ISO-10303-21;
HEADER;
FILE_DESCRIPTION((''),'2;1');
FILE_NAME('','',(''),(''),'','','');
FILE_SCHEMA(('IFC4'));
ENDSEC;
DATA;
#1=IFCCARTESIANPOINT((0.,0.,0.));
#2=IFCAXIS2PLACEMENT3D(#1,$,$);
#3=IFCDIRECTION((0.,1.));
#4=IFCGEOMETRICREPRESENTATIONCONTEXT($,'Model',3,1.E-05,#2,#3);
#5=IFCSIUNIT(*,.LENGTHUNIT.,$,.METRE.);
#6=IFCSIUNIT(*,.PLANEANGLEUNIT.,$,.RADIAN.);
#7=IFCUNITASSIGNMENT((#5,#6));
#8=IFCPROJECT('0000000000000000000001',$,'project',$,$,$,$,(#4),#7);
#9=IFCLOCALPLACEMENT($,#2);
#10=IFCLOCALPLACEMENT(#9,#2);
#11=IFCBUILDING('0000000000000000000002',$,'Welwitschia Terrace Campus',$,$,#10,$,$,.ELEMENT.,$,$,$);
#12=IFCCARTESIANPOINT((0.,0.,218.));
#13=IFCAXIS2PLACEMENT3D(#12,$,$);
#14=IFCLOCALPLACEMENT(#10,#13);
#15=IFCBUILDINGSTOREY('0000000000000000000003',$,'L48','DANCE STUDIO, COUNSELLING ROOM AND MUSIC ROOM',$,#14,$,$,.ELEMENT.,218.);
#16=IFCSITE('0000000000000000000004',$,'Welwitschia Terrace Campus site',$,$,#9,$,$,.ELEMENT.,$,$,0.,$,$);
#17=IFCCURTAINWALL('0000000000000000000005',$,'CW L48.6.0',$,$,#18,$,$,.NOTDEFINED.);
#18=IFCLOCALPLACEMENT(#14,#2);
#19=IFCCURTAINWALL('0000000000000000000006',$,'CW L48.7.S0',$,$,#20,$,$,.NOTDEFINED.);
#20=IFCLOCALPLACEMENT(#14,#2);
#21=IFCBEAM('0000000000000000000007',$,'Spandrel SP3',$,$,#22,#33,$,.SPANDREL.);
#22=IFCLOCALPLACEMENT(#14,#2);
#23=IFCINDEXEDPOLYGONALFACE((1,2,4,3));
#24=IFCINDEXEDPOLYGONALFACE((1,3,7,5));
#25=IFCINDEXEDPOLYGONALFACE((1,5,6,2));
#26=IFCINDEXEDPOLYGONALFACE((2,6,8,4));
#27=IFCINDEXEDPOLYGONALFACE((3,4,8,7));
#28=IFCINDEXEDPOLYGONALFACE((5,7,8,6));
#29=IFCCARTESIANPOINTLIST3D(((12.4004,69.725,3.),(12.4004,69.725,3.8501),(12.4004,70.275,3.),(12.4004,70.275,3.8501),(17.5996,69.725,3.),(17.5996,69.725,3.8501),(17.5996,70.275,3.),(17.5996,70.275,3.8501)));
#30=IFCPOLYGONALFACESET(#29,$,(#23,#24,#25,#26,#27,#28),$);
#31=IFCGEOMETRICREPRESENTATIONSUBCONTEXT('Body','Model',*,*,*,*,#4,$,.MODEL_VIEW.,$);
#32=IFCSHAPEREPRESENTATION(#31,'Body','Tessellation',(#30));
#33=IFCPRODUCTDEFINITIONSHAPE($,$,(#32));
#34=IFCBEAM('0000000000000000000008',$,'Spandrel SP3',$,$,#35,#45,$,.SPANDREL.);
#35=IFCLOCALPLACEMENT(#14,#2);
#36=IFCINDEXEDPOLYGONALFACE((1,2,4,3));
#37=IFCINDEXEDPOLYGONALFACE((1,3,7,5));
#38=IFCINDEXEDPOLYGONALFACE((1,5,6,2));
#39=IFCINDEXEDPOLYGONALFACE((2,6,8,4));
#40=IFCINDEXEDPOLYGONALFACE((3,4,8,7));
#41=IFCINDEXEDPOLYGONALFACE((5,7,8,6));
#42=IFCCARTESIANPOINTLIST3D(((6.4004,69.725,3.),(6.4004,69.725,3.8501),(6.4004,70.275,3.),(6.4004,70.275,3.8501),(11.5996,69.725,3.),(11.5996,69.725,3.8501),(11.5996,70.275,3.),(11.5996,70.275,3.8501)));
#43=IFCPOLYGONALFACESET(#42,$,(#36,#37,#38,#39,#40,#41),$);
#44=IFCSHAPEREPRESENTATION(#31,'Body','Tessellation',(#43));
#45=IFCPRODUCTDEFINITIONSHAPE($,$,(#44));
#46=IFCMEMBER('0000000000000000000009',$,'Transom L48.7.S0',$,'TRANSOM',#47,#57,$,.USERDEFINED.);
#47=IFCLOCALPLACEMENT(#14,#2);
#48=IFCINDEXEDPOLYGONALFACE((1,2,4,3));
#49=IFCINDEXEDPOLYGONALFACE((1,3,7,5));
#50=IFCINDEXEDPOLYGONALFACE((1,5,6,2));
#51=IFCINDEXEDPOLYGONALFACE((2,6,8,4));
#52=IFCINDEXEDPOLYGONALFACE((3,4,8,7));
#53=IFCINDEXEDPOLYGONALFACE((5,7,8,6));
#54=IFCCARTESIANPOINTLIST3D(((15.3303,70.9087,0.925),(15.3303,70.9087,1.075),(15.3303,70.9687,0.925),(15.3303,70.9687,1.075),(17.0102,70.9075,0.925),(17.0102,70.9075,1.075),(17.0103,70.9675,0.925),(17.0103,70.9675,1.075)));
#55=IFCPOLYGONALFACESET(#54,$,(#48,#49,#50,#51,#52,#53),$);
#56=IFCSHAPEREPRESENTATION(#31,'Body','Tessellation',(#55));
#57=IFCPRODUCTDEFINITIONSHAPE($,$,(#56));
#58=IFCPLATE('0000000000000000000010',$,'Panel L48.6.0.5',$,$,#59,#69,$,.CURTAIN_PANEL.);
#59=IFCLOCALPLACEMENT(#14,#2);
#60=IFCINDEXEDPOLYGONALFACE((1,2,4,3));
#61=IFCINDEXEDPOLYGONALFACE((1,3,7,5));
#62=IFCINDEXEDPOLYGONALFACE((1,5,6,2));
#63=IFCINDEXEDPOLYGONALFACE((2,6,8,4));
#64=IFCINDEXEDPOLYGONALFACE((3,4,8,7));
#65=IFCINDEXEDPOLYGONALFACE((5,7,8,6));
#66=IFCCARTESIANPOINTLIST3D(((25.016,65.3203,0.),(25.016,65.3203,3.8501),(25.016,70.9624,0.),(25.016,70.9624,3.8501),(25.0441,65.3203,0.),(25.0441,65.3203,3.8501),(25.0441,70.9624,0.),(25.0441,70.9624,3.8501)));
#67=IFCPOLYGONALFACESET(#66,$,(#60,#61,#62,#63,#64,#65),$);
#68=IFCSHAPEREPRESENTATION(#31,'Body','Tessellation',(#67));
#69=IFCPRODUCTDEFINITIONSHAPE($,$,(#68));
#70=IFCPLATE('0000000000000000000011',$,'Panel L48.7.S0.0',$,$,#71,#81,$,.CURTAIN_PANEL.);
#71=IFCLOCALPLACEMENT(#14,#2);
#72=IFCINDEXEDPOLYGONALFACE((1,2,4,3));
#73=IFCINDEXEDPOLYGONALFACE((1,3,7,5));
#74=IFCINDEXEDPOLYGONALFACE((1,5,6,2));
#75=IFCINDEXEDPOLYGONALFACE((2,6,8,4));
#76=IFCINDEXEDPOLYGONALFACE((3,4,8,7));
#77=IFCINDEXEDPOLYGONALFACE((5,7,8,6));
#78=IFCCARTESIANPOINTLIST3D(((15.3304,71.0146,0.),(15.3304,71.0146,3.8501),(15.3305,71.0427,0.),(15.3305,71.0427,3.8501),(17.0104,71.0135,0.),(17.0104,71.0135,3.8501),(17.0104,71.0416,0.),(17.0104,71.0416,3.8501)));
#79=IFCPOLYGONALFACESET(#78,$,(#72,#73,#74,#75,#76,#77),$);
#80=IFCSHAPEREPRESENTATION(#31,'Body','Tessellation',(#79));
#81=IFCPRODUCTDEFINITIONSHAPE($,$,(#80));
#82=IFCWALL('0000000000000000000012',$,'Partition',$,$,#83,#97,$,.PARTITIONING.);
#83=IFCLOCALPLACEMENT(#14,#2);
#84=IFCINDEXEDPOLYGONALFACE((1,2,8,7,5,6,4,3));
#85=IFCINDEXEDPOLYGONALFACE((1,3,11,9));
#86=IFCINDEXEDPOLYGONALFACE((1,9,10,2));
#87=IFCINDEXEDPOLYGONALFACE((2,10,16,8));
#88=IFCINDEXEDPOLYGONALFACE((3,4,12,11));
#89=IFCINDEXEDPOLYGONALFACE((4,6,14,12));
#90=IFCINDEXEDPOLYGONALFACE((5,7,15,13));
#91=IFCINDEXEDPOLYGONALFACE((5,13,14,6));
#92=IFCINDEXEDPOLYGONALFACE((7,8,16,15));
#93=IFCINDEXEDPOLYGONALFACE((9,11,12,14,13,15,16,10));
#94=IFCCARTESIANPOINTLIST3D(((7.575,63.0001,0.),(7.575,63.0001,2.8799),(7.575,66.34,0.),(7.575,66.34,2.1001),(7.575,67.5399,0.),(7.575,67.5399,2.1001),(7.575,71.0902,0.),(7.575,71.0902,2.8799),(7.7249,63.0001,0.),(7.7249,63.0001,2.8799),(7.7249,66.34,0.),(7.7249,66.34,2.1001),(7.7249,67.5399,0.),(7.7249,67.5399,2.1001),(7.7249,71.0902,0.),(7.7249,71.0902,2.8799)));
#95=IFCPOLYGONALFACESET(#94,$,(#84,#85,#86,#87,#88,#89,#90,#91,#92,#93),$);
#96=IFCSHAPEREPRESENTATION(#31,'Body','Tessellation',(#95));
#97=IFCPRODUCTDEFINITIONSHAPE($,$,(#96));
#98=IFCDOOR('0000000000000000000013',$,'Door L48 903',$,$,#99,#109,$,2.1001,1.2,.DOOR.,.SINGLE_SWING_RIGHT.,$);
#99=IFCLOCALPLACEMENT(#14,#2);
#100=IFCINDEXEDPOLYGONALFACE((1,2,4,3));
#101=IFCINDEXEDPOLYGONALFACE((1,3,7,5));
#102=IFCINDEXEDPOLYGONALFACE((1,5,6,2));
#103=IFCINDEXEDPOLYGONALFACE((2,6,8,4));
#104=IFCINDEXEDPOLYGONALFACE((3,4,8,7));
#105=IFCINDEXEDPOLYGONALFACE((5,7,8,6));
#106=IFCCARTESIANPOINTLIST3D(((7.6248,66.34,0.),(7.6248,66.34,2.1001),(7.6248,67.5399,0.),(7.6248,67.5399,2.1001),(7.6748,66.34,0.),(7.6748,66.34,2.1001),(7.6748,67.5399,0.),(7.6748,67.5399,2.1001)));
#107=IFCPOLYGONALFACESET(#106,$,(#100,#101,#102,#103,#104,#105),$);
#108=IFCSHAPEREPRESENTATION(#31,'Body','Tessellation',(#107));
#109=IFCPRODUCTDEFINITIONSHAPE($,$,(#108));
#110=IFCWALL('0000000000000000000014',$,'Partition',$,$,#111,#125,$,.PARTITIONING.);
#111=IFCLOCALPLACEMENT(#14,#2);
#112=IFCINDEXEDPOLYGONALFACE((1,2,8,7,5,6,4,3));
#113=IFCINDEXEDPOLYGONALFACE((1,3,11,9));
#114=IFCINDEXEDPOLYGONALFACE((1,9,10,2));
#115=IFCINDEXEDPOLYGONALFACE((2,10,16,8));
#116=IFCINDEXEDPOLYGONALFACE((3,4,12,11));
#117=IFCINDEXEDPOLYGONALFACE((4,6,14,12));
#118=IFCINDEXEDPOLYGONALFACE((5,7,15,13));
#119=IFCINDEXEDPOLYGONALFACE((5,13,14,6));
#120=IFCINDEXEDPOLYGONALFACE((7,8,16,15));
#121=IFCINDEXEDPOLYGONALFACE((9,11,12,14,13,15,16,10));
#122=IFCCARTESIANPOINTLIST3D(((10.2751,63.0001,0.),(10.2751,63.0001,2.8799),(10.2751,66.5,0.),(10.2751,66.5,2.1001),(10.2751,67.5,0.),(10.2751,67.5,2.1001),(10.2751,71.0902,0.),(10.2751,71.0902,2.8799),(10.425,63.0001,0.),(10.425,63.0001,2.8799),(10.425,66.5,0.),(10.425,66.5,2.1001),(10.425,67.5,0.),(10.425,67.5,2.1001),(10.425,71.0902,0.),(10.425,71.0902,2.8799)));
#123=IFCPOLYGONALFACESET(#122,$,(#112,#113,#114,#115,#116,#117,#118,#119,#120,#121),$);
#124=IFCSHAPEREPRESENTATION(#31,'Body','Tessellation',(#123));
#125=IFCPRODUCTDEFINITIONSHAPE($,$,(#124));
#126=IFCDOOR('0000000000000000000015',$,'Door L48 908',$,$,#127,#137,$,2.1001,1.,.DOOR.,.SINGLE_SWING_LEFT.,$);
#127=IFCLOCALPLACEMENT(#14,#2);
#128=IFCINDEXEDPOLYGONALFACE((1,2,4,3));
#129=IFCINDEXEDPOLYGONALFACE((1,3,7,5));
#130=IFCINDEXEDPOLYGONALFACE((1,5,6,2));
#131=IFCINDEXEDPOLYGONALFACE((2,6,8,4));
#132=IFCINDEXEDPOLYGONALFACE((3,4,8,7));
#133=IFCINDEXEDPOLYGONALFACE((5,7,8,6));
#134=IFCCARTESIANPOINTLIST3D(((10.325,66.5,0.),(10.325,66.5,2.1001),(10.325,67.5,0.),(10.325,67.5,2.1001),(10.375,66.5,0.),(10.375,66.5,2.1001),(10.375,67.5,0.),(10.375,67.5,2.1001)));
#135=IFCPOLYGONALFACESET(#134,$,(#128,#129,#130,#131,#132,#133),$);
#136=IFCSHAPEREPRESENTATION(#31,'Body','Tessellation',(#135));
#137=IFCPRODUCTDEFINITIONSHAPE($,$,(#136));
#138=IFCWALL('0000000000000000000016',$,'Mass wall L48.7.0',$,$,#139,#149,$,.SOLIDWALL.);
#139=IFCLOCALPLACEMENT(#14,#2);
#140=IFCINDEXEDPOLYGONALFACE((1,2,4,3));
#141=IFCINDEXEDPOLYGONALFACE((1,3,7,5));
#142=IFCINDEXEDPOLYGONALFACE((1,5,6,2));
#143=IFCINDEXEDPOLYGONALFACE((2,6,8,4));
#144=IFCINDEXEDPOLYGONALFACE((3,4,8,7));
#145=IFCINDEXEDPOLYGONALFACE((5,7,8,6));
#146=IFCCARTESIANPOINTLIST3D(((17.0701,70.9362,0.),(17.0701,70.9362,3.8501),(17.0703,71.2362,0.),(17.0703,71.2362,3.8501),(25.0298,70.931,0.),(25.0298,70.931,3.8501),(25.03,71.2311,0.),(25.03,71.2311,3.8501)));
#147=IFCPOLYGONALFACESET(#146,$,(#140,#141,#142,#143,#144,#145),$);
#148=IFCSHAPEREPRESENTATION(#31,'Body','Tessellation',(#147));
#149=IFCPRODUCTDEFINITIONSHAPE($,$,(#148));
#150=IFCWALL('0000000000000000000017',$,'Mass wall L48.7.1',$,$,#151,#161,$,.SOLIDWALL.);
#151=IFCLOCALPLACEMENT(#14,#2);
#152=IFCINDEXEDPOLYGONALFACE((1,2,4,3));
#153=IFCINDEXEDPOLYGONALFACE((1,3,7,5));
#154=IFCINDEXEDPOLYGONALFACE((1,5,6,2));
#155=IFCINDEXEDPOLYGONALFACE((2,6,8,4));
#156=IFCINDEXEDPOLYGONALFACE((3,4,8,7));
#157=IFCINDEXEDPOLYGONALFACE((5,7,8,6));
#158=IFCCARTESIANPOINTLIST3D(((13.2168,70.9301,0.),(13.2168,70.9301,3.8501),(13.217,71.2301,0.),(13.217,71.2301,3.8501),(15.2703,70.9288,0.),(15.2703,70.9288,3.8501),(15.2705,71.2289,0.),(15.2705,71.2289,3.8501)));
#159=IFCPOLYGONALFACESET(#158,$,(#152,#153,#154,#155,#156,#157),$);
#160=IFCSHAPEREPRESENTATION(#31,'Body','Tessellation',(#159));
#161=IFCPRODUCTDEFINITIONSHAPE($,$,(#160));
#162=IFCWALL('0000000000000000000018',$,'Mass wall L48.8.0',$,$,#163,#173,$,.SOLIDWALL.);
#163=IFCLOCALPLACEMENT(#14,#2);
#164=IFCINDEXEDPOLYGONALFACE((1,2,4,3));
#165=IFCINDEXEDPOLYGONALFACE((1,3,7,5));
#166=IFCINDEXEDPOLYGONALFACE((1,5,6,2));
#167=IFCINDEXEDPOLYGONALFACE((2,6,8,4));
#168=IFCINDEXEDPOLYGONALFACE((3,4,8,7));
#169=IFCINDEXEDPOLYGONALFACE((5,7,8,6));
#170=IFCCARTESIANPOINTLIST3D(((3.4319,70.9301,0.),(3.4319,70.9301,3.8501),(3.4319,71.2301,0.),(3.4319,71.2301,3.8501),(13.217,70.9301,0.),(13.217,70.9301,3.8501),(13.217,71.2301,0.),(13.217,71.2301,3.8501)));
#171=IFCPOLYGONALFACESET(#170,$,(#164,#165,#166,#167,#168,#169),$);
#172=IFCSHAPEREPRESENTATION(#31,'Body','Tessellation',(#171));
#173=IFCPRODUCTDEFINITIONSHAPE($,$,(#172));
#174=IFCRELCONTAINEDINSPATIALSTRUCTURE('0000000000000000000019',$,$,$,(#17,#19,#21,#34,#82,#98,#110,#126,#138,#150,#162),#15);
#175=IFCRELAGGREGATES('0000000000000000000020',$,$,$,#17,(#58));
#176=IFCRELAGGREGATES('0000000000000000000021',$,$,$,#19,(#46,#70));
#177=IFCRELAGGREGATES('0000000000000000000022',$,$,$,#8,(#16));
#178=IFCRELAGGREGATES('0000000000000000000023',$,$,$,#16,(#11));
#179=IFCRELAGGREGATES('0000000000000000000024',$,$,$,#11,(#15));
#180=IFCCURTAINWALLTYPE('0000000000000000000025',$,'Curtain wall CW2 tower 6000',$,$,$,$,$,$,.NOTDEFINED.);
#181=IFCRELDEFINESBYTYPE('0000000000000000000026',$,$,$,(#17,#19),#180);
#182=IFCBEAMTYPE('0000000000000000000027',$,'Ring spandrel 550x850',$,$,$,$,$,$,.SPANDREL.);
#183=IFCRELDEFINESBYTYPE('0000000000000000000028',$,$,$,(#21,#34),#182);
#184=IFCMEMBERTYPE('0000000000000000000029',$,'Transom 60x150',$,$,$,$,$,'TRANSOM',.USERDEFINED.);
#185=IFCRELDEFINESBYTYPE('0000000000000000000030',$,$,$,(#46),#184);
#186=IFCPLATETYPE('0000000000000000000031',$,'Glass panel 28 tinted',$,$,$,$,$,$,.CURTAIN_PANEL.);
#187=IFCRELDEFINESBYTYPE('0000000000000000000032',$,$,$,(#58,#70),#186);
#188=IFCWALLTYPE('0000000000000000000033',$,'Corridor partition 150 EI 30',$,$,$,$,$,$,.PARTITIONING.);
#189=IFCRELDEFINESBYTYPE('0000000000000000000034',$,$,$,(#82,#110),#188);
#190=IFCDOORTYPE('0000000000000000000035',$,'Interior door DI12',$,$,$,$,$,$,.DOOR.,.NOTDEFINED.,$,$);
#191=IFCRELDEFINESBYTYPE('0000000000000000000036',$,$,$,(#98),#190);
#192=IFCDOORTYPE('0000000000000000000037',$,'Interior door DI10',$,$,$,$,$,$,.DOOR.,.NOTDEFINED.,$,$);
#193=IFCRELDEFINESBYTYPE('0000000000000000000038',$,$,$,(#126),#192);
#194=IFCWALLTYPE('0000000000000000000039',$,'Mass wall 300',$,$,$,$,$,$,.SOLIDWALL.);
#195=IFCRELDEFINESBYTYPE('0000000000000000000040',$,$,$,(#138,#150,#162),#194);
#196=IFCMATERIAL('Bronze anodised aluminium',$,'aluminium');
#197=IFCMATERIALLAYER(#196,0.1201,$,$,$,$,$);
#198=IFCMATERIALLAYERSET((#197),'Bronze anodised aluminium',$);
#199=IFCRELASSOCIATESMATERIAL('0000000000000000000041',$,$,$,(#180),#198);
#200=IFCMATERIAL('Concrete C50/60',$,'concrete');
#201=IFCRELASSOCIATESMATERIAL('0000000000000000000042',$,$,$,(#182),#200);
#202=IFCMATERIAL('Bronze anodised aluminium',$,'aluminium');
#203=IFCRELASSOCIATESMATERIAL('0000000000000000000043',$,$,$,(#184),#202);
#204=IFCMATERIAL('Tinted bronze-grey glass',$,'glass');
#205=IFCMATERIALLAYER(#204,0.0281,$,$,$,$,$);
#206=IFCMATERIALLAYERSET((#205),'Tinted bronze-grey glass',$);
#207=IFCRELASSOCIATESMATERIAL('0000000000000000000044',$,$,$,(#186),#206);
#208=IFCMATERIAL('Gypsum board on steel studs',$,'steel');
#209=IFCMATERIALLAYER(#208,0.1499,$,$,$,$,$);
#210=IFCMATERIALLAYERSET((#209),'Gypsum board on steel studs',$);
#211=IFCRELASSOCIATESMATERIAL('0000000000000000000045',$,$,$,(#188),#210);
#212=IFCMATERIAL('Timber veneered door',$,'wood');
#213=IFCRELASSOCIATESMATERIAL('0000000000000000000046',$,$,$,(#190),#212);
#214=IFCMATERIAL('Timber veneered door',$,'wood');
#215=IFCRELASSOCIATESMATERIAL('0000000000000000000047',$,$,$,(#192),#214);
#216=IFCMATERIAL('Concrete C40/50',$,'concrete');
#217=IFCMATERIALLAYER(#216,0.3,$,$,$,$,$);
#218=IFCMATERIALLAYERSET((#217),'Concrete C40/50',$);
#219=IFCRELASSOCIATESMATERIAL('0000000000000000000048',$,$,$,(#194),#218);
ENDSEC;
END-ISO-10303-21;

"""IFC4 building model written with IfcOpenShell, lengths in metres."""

from ifc_helpers import new_model, si_unit, direction, frame, frame_2d, origin, origin_2d, place, context, subcontext, project, spatial, rectangle, extrude, material, layer, layer_set, material_profile, profile_set, type_object, element, fill, aggregate, save


model = new_model("IFC4")

# Units and contexts
model_context = context("Model", 3, precision=1e-05, world=origin(), true_north=direction((0.0, 1.0)))
body_context = subcontext(model_context, "Body", "Model", "MODEL_VIEW")
ifc_project = project(units=[si_unit("LENGTHUNIT", "METRE"), si_unit("PLANEANGLEUNIT", "RADIAN")], contexts=[model_context])

# Site, building, storey
site_placement = place(None, origin())
site = spatial("IfcSite", under=ifc_project, at=site_placement, Name="Welwitschia Terrace Campus site", CompositionType="ELEMENT", RefElevation=0.0)
building_placement = place(site_placement, origin())
building = spatial("IfcBuilding", under=site, at=building_placement, Name="Welwitschia Terrace Campus", CompositionType="ELEMENT")
storey_placement = place(building_placement, frame((0.0, 0.0, 218.0)))
storey = spatial("IfcBuildingStorey", under=building, at=storey_placement, Name="L48", Description="DANCE STUDIO, COUNSELLING ROOM AND MUSIC ROOM", CompositionType="ELEMENT", Elevation=218.0)

# Curtain walls
ifc_material_1 = material(Name="Bronze anodised aluminium", Category="aluminium")
ifc_layer_1 = layer(ifc_material_1, 0.1201)
ifc_layer_set_1 = layer_set([ifc_layer_1], Name="Bronze anodised aluminium")
curtain_wall_type = type_object("IfcCurtainWallType", Name="Curtain wall CW2 tower 6000", PredefinedType="NOTDEFINED", material=ifc_layer_set_1)
curtain_wall_1_placement = place(storey_placement, origin())
curtain_wall_1 = element("IfcCurtainWall", 1, at=curtain_wall_1_placement, inside=storey, type_object=curtain_wall_type, Name="CW L48.6.0", PredefinedType="NOTDEFINED")
curtain_wall_2_placement = place(storey_placement, origin())
curtain_wall_2 = element("IfcCurtainWall", 2, at=curtain_wall_2_placement, inside=storey, type_object=curtain_wall_type, Name="CW L48.7.S0", PredefinedType="NOTDEFINED")

# Beams
ifc_material_2 = material(Name="Concrete C50/60", Category="concrete")
ifc_material_profile_1 = material_profile(ifc_material_2, rectangle(XDim=0.55, YDim=0.8501, at=origin_2d()))
ifc_profile_set_1 = profile_set([ifc_material_profile_1], Name="Concrete C50/60")
beam_type_1 = type_object("IfcBeamType", Name="Ring spandrel 550x850", PredefinedType="SPANDREL", material=ifc_profile_set_1)
for number, where, z_axis, x_axis, name in (
    (3, (17.5996, 70.0, 3.425), (-1.0, 0.0, 0.0), (0.0, -1.0, 0.0), "Spandrel SP3"),
    (4, (11.5996, 70.0, 3.425), (-1.0, 0.0, 0.0), (0.0, -1.0, 0.0), "Spandrel SP3"),
):
    element("IfcBeam", number, at=place(storey_placement, frame(where, z_axis=z_axis, x_axis=x_axis)), inside=storey, type_object=beam_type_1, Name=name, PredefinedType="SPANDREL", context=body_context, shape_type="SweptSolid", body=[
        extrude(rectangle(XDim=0.55, YDim=0.8501, at=origin_2d()), origin(), (0.0, 0.0, 1.0), 5.1992),
    ])

# Member
ifc_material_3 = material(Name="Bronze anodised aluminium", Category="aluminium")
ifc_material_profile_2 = material_profile(ifc_material_3, rectangle(XDim=0.0601, YDim=0.1499, at=origin_2d()))
ifc_profile_set_2 = profile_set([ifc_material_profile_2], Name="Bronze anodised aluminium")
member_type_1 = type_object("IfcMemberType", Name="Transom 60x150", ElementType="TRANSOM", PredefinedType="USERDEFINED", material=ifc_profile_set_2)
member_1_placement = place(storey_placement, frame((17.0103, 70.9375, 1.0), z_axis=(-1.0, 0.000727, 0.0), x_axis=(-0.000727, -1.0, 0.0)))
member_1 = element("IfcMember", 5, at=member_1_placement, type_object=member_type_1, Name="Transom L48.7.S0", ObjectType="TRANSOM", PredefinedType="USERDEFINED", context=body_context, shape_type="SweptSolid", body=[
    extrude(rectangle(XDim=0.0601, YDim=0.1499, at=origin_2d()), origin(), (0.0, 0.0, 1.0), 1.6799),
])

# Plates
ifc_material_4 = material(Name="Tinted bronze-grey glass", Category="glass")
ifc_layer_2 = layer(ifc_material_4, 0.0281)
ifc_layer_set_2 = layer_set([ifc_layer_2], Name="Tinted bronze-grey glass")
plate_type = type_object("IfcPlateType", Name="Glass panel 28 tinted", PredefinedType="CURTAIN_PANEL", material=ifc_layer_set_2)
plate_1_placement = place(storey_placement, frame((25.03, 68.1414, 0.0), z_axis=(0.0, 0.0, 1.0), x_axis=(0.0, 1.0, 0.0)))
plate_1 = element("IfcPlate", 6, at=plate_1_placement, type_object=plate_type, Name="Panel L48.6.0.5", PredefinedType="CURTAIN_PANEL", context=body_context, shape_type="SweptSolid", body=[
    extrude(rectangle(XDim=5.6421, YDim=0.0281, at=origin_2d()), origin(), (0.0, 0.0, 1.0), 3.8501),
])
aggregate(curtain_wall_1, [plate_1])
plate_2_placement = place(storey_placement, frame((16.1704, 71.0281, 0.0), z_axis=(0.0, 0.0, 1.0), x_axis=(-1.0, 0.00064, 0.0)))
plate_2 = element("IfcPlate", 7, at=plate_2_placement, type_object=plate_type, Name="Panel L48.7.S0.0", PredefinedType="CURTAIN_PANEL", context=body_context, shape_type="SweptSolid", body=[
    extrude(rectangle(XDim=1.6799, YDim=0.0281, at=origin_2d()), origin(), (0.0, 0.0, 1.0), 3.8501),
])
aggregate(curtain_wall_2, [member_1, plate_2])

# Walls, openings, doors
ifc_material_5 = material(Name="Gypsum board on steel studs", Category="steel")
ifc_layer_3 = layer(ifc_material_5, 0.1499)
ifc_layer_set_3 = layer_set([ifc_layer_3], Name="Gypsum board on steel studs")
wall_type_1 = type_object("IfcWallType", Name="Corridor partition 150 EI 30", PredefinedType="PARTITIONING", material=ifc_layer_set_3)
wall_1_placement = place(storey_placement, frame((7.6499, 71.0901, 0.0), z_axis=(0.0, 0.0, 1.0), x_axis=(0.0, -1.0, 0.0)))
wall_1 = element("IfcWall", 8, at=wall_1_placement, inside=storey, type_object=wall_type_1, Name="Partition", PredefinedType="PARTITIONING", context=body_context, shape_type="SweptSolid", body=[
    extrude(rectangle(XDim=8.0901, YDim=0.1499, at=frame_2d((4.0449, 0.0))), origin(), (0.0, 0.0, 1.0), 2.8799),
])
opening_1_placement = place(wall_1_placement, frame((3.55, 0.0, 0.0)))
opening_1 = element("IfcOpeningElement", 9, at=opening_1_placement, cuts=wall_1, PredefinedType="OPENING", context=body_context, shape_type="SweptSolid", body=[
    extrude(rectangle(XDim=1.2, YDim=2.1001, at=frame_2d((0.6001, 1.05))), frame((0.0, 0.085, 0.0), z_axis=(0.0, -1.0, 0.0), x_axis=(1.0, 0.0, 0.0)), (0.0, 0.0, 1.0), 0.1699),
])
ifc_material_6 = material(Name="Timber veneered door", Category="wood")
door_type_1 = type_object("IfcDoorType", Name="Interior door DI12", OperationType="NOTDEFINED", PredefinedType="DOOR", material=ifc_material_6)
door_1_placement = place(opening_1_placement, origin())
door_1 = element("IfcDoor", 10, at=door_1_placement, inside=storey, type_object=door_type_1, Name="Door L48 903", OperationType="SINGLE_SWING_RIGHT", OverallHeight=2.1001, OverallWidth=1.2, PredefinedType="DOOR", context=body_context, shape_type="SweptSolid", body=[
    extrude(rectangle(XDim=1.2, YDim=2.1001, at=frame_2d((0.6001, 1.05))), frame((0.0, 0.0249, 0.0), z_axis=(0.0, -1.0, 0.0), x_axis=(1.0, 0.0, 0.0)), (0.0, 0.0, 1.0), 0.05),
])
fill(opening_1, door_1)
wall_2_placement = place(storey_placement, frame((10.3501, 71.0901, 0.0), z_axis=(0.0, 0.0, 1.0), x_axis=(0.0, -1.0, 0.0)))
wall_2 = element("IfcWall", 11, at=wall_2_placement, inside=storey, type_object=wall_type_1, Name="Partition", PredefinedType="PARTITIONING", context=body_context, shape_type="SweptSolid", body=[
    extrude(rectangle(XDim=8.0901, YDim=0.1499, at=frame_2d((4.0449, 0.0))), origin(), (0.0, 0.0, 1.0), 2.8799),
])
opening_2_placement = place(wall_2_placement, frame((3.5901, 0.0, 0.0)))
opening_2 = element("IfcOpeningElement", 12, at=opening_2_placement, cuts=wall_2, PredefinedType="OPENING", context=body_context, shape_type="SweptSolid", body=[
    extrude(rectangle(XDim=1.0, YDim=2.1001, at=frame_2d((0.5, 1.05))), frame((0.0, 0.085, 0.0), z_axis=(0.0, -1.0, 0.0), x_axis=(1.0, 0.0, 0.0)), (0.0, 0.0, 1.0), 0.1699),
])
ifc_material_7 = material(Name="Timber veneered door", Category="wood")
door_type_2 = type_object("IfcDoorType", Name="Interior door DI10", OperationType="NOTDEFINED", PredefinedType="DOOR", material=ifc_material_7)
door_2_placement = place(opening_2_placement, origin())
door_2 = element("IfcDoor", 13, at=door_2_placement, inside=storey, type_object=door_type_2, Name="Door L48 908", OperationType="SINGLE_SWING_LEFT", OverallHeight=2.1001, OverallWidth=1.0, PredefinedType="DOOR", context=body_context, shape_type="SweptSolid", body=[
    extrude(rectangle(XDim=1.0, YDim=2.1001, at=frame_2d((0.5, 1.05))), frame((0.0, 0.0249, 0.0), z_axis=(0.0, -1.0, 0.0), x_axis=(1.0, 0.0, 0.0)), (0.0, 0.0, 1.0), 0.05),
])
fill(opening_2, door_2)

# Walls
ifc_material_8 = material(Name="Concrete C40/50", Category="concrete")
ifc_layer_4 = layer(ifc_material_8, 0.3)
ifc_layer_set_4 = layer_set([ifc_layer_4], Name="Concrete C40/50")
wall_type_2 = type_object("IfcWallType", Name="Mass wall 300", PredefinedType="SOLIDWALL", material=ifc_layer_set_4)
wall_3_placement = place(storey_placement, frame((25.03, 71.0811, 0.0), z_axis=(0.0, 0.0, 1.0), x_axis=(-1.0, 0.000644, 0.0)))
element("IfcWall", 14, at=wall_3_placement, inside=storey, type_object=wall_type_2, Name="Mass wall L48.7.0", PredefinedType="SOLIDWALL", context=body_context, shape_type="SweptSolid", body=[
    extrude(rectangle(XDim=7.9597, YDim=0.3, at=frame_2d((3.98, 0.0))), origin(), (0.0, 0.0, 1.0), 3.8501),
])
wall_4_placement = place(storey_placement, frame((15.2705, 71.0789, 0.0), z_axis=(0.0, 0.0, 1.0), x_axis=(-1.0, 0.000594, 0.0)))
element("IfcWall", 15, at=wall_4_placement, inside=storey, type_object=wall_type_2, Name="Mass wall L48.7.1", PredefinedType="SOLIDWALL", context=body_context, shape_type="SweptSolid", body=[
    extrude(rectangle(XDim=2.0535, YDim=0.3, at=frame_2d((1.0269, 0.0))), origin(), (0.0, 0.0, 1.0), 3.8501),
])
wall_5_placement = place(storey_placement, frame((13.217, 71.0801, 0.0), z_axis=(0.0, 0.0, 1.0), x_axis=(-1.0, 0.0, 0.0)))
element("IfcWall", 16, at=wall_5_placement, inside=storey, type_object=wall_type_2, Name="Mass wall L48.8.0", PredefinedType="SOLIDWALL", context=body_context, shape_type="SweptSolid", body=[
    extrude(rectangle(XDim=9.7852, YDim=0.3, at=frame_2d((4.8926, 0.0))), origin(), (0.0, 0.0, 1.0), 3.8501),
])

save(model, "model.ifc")
